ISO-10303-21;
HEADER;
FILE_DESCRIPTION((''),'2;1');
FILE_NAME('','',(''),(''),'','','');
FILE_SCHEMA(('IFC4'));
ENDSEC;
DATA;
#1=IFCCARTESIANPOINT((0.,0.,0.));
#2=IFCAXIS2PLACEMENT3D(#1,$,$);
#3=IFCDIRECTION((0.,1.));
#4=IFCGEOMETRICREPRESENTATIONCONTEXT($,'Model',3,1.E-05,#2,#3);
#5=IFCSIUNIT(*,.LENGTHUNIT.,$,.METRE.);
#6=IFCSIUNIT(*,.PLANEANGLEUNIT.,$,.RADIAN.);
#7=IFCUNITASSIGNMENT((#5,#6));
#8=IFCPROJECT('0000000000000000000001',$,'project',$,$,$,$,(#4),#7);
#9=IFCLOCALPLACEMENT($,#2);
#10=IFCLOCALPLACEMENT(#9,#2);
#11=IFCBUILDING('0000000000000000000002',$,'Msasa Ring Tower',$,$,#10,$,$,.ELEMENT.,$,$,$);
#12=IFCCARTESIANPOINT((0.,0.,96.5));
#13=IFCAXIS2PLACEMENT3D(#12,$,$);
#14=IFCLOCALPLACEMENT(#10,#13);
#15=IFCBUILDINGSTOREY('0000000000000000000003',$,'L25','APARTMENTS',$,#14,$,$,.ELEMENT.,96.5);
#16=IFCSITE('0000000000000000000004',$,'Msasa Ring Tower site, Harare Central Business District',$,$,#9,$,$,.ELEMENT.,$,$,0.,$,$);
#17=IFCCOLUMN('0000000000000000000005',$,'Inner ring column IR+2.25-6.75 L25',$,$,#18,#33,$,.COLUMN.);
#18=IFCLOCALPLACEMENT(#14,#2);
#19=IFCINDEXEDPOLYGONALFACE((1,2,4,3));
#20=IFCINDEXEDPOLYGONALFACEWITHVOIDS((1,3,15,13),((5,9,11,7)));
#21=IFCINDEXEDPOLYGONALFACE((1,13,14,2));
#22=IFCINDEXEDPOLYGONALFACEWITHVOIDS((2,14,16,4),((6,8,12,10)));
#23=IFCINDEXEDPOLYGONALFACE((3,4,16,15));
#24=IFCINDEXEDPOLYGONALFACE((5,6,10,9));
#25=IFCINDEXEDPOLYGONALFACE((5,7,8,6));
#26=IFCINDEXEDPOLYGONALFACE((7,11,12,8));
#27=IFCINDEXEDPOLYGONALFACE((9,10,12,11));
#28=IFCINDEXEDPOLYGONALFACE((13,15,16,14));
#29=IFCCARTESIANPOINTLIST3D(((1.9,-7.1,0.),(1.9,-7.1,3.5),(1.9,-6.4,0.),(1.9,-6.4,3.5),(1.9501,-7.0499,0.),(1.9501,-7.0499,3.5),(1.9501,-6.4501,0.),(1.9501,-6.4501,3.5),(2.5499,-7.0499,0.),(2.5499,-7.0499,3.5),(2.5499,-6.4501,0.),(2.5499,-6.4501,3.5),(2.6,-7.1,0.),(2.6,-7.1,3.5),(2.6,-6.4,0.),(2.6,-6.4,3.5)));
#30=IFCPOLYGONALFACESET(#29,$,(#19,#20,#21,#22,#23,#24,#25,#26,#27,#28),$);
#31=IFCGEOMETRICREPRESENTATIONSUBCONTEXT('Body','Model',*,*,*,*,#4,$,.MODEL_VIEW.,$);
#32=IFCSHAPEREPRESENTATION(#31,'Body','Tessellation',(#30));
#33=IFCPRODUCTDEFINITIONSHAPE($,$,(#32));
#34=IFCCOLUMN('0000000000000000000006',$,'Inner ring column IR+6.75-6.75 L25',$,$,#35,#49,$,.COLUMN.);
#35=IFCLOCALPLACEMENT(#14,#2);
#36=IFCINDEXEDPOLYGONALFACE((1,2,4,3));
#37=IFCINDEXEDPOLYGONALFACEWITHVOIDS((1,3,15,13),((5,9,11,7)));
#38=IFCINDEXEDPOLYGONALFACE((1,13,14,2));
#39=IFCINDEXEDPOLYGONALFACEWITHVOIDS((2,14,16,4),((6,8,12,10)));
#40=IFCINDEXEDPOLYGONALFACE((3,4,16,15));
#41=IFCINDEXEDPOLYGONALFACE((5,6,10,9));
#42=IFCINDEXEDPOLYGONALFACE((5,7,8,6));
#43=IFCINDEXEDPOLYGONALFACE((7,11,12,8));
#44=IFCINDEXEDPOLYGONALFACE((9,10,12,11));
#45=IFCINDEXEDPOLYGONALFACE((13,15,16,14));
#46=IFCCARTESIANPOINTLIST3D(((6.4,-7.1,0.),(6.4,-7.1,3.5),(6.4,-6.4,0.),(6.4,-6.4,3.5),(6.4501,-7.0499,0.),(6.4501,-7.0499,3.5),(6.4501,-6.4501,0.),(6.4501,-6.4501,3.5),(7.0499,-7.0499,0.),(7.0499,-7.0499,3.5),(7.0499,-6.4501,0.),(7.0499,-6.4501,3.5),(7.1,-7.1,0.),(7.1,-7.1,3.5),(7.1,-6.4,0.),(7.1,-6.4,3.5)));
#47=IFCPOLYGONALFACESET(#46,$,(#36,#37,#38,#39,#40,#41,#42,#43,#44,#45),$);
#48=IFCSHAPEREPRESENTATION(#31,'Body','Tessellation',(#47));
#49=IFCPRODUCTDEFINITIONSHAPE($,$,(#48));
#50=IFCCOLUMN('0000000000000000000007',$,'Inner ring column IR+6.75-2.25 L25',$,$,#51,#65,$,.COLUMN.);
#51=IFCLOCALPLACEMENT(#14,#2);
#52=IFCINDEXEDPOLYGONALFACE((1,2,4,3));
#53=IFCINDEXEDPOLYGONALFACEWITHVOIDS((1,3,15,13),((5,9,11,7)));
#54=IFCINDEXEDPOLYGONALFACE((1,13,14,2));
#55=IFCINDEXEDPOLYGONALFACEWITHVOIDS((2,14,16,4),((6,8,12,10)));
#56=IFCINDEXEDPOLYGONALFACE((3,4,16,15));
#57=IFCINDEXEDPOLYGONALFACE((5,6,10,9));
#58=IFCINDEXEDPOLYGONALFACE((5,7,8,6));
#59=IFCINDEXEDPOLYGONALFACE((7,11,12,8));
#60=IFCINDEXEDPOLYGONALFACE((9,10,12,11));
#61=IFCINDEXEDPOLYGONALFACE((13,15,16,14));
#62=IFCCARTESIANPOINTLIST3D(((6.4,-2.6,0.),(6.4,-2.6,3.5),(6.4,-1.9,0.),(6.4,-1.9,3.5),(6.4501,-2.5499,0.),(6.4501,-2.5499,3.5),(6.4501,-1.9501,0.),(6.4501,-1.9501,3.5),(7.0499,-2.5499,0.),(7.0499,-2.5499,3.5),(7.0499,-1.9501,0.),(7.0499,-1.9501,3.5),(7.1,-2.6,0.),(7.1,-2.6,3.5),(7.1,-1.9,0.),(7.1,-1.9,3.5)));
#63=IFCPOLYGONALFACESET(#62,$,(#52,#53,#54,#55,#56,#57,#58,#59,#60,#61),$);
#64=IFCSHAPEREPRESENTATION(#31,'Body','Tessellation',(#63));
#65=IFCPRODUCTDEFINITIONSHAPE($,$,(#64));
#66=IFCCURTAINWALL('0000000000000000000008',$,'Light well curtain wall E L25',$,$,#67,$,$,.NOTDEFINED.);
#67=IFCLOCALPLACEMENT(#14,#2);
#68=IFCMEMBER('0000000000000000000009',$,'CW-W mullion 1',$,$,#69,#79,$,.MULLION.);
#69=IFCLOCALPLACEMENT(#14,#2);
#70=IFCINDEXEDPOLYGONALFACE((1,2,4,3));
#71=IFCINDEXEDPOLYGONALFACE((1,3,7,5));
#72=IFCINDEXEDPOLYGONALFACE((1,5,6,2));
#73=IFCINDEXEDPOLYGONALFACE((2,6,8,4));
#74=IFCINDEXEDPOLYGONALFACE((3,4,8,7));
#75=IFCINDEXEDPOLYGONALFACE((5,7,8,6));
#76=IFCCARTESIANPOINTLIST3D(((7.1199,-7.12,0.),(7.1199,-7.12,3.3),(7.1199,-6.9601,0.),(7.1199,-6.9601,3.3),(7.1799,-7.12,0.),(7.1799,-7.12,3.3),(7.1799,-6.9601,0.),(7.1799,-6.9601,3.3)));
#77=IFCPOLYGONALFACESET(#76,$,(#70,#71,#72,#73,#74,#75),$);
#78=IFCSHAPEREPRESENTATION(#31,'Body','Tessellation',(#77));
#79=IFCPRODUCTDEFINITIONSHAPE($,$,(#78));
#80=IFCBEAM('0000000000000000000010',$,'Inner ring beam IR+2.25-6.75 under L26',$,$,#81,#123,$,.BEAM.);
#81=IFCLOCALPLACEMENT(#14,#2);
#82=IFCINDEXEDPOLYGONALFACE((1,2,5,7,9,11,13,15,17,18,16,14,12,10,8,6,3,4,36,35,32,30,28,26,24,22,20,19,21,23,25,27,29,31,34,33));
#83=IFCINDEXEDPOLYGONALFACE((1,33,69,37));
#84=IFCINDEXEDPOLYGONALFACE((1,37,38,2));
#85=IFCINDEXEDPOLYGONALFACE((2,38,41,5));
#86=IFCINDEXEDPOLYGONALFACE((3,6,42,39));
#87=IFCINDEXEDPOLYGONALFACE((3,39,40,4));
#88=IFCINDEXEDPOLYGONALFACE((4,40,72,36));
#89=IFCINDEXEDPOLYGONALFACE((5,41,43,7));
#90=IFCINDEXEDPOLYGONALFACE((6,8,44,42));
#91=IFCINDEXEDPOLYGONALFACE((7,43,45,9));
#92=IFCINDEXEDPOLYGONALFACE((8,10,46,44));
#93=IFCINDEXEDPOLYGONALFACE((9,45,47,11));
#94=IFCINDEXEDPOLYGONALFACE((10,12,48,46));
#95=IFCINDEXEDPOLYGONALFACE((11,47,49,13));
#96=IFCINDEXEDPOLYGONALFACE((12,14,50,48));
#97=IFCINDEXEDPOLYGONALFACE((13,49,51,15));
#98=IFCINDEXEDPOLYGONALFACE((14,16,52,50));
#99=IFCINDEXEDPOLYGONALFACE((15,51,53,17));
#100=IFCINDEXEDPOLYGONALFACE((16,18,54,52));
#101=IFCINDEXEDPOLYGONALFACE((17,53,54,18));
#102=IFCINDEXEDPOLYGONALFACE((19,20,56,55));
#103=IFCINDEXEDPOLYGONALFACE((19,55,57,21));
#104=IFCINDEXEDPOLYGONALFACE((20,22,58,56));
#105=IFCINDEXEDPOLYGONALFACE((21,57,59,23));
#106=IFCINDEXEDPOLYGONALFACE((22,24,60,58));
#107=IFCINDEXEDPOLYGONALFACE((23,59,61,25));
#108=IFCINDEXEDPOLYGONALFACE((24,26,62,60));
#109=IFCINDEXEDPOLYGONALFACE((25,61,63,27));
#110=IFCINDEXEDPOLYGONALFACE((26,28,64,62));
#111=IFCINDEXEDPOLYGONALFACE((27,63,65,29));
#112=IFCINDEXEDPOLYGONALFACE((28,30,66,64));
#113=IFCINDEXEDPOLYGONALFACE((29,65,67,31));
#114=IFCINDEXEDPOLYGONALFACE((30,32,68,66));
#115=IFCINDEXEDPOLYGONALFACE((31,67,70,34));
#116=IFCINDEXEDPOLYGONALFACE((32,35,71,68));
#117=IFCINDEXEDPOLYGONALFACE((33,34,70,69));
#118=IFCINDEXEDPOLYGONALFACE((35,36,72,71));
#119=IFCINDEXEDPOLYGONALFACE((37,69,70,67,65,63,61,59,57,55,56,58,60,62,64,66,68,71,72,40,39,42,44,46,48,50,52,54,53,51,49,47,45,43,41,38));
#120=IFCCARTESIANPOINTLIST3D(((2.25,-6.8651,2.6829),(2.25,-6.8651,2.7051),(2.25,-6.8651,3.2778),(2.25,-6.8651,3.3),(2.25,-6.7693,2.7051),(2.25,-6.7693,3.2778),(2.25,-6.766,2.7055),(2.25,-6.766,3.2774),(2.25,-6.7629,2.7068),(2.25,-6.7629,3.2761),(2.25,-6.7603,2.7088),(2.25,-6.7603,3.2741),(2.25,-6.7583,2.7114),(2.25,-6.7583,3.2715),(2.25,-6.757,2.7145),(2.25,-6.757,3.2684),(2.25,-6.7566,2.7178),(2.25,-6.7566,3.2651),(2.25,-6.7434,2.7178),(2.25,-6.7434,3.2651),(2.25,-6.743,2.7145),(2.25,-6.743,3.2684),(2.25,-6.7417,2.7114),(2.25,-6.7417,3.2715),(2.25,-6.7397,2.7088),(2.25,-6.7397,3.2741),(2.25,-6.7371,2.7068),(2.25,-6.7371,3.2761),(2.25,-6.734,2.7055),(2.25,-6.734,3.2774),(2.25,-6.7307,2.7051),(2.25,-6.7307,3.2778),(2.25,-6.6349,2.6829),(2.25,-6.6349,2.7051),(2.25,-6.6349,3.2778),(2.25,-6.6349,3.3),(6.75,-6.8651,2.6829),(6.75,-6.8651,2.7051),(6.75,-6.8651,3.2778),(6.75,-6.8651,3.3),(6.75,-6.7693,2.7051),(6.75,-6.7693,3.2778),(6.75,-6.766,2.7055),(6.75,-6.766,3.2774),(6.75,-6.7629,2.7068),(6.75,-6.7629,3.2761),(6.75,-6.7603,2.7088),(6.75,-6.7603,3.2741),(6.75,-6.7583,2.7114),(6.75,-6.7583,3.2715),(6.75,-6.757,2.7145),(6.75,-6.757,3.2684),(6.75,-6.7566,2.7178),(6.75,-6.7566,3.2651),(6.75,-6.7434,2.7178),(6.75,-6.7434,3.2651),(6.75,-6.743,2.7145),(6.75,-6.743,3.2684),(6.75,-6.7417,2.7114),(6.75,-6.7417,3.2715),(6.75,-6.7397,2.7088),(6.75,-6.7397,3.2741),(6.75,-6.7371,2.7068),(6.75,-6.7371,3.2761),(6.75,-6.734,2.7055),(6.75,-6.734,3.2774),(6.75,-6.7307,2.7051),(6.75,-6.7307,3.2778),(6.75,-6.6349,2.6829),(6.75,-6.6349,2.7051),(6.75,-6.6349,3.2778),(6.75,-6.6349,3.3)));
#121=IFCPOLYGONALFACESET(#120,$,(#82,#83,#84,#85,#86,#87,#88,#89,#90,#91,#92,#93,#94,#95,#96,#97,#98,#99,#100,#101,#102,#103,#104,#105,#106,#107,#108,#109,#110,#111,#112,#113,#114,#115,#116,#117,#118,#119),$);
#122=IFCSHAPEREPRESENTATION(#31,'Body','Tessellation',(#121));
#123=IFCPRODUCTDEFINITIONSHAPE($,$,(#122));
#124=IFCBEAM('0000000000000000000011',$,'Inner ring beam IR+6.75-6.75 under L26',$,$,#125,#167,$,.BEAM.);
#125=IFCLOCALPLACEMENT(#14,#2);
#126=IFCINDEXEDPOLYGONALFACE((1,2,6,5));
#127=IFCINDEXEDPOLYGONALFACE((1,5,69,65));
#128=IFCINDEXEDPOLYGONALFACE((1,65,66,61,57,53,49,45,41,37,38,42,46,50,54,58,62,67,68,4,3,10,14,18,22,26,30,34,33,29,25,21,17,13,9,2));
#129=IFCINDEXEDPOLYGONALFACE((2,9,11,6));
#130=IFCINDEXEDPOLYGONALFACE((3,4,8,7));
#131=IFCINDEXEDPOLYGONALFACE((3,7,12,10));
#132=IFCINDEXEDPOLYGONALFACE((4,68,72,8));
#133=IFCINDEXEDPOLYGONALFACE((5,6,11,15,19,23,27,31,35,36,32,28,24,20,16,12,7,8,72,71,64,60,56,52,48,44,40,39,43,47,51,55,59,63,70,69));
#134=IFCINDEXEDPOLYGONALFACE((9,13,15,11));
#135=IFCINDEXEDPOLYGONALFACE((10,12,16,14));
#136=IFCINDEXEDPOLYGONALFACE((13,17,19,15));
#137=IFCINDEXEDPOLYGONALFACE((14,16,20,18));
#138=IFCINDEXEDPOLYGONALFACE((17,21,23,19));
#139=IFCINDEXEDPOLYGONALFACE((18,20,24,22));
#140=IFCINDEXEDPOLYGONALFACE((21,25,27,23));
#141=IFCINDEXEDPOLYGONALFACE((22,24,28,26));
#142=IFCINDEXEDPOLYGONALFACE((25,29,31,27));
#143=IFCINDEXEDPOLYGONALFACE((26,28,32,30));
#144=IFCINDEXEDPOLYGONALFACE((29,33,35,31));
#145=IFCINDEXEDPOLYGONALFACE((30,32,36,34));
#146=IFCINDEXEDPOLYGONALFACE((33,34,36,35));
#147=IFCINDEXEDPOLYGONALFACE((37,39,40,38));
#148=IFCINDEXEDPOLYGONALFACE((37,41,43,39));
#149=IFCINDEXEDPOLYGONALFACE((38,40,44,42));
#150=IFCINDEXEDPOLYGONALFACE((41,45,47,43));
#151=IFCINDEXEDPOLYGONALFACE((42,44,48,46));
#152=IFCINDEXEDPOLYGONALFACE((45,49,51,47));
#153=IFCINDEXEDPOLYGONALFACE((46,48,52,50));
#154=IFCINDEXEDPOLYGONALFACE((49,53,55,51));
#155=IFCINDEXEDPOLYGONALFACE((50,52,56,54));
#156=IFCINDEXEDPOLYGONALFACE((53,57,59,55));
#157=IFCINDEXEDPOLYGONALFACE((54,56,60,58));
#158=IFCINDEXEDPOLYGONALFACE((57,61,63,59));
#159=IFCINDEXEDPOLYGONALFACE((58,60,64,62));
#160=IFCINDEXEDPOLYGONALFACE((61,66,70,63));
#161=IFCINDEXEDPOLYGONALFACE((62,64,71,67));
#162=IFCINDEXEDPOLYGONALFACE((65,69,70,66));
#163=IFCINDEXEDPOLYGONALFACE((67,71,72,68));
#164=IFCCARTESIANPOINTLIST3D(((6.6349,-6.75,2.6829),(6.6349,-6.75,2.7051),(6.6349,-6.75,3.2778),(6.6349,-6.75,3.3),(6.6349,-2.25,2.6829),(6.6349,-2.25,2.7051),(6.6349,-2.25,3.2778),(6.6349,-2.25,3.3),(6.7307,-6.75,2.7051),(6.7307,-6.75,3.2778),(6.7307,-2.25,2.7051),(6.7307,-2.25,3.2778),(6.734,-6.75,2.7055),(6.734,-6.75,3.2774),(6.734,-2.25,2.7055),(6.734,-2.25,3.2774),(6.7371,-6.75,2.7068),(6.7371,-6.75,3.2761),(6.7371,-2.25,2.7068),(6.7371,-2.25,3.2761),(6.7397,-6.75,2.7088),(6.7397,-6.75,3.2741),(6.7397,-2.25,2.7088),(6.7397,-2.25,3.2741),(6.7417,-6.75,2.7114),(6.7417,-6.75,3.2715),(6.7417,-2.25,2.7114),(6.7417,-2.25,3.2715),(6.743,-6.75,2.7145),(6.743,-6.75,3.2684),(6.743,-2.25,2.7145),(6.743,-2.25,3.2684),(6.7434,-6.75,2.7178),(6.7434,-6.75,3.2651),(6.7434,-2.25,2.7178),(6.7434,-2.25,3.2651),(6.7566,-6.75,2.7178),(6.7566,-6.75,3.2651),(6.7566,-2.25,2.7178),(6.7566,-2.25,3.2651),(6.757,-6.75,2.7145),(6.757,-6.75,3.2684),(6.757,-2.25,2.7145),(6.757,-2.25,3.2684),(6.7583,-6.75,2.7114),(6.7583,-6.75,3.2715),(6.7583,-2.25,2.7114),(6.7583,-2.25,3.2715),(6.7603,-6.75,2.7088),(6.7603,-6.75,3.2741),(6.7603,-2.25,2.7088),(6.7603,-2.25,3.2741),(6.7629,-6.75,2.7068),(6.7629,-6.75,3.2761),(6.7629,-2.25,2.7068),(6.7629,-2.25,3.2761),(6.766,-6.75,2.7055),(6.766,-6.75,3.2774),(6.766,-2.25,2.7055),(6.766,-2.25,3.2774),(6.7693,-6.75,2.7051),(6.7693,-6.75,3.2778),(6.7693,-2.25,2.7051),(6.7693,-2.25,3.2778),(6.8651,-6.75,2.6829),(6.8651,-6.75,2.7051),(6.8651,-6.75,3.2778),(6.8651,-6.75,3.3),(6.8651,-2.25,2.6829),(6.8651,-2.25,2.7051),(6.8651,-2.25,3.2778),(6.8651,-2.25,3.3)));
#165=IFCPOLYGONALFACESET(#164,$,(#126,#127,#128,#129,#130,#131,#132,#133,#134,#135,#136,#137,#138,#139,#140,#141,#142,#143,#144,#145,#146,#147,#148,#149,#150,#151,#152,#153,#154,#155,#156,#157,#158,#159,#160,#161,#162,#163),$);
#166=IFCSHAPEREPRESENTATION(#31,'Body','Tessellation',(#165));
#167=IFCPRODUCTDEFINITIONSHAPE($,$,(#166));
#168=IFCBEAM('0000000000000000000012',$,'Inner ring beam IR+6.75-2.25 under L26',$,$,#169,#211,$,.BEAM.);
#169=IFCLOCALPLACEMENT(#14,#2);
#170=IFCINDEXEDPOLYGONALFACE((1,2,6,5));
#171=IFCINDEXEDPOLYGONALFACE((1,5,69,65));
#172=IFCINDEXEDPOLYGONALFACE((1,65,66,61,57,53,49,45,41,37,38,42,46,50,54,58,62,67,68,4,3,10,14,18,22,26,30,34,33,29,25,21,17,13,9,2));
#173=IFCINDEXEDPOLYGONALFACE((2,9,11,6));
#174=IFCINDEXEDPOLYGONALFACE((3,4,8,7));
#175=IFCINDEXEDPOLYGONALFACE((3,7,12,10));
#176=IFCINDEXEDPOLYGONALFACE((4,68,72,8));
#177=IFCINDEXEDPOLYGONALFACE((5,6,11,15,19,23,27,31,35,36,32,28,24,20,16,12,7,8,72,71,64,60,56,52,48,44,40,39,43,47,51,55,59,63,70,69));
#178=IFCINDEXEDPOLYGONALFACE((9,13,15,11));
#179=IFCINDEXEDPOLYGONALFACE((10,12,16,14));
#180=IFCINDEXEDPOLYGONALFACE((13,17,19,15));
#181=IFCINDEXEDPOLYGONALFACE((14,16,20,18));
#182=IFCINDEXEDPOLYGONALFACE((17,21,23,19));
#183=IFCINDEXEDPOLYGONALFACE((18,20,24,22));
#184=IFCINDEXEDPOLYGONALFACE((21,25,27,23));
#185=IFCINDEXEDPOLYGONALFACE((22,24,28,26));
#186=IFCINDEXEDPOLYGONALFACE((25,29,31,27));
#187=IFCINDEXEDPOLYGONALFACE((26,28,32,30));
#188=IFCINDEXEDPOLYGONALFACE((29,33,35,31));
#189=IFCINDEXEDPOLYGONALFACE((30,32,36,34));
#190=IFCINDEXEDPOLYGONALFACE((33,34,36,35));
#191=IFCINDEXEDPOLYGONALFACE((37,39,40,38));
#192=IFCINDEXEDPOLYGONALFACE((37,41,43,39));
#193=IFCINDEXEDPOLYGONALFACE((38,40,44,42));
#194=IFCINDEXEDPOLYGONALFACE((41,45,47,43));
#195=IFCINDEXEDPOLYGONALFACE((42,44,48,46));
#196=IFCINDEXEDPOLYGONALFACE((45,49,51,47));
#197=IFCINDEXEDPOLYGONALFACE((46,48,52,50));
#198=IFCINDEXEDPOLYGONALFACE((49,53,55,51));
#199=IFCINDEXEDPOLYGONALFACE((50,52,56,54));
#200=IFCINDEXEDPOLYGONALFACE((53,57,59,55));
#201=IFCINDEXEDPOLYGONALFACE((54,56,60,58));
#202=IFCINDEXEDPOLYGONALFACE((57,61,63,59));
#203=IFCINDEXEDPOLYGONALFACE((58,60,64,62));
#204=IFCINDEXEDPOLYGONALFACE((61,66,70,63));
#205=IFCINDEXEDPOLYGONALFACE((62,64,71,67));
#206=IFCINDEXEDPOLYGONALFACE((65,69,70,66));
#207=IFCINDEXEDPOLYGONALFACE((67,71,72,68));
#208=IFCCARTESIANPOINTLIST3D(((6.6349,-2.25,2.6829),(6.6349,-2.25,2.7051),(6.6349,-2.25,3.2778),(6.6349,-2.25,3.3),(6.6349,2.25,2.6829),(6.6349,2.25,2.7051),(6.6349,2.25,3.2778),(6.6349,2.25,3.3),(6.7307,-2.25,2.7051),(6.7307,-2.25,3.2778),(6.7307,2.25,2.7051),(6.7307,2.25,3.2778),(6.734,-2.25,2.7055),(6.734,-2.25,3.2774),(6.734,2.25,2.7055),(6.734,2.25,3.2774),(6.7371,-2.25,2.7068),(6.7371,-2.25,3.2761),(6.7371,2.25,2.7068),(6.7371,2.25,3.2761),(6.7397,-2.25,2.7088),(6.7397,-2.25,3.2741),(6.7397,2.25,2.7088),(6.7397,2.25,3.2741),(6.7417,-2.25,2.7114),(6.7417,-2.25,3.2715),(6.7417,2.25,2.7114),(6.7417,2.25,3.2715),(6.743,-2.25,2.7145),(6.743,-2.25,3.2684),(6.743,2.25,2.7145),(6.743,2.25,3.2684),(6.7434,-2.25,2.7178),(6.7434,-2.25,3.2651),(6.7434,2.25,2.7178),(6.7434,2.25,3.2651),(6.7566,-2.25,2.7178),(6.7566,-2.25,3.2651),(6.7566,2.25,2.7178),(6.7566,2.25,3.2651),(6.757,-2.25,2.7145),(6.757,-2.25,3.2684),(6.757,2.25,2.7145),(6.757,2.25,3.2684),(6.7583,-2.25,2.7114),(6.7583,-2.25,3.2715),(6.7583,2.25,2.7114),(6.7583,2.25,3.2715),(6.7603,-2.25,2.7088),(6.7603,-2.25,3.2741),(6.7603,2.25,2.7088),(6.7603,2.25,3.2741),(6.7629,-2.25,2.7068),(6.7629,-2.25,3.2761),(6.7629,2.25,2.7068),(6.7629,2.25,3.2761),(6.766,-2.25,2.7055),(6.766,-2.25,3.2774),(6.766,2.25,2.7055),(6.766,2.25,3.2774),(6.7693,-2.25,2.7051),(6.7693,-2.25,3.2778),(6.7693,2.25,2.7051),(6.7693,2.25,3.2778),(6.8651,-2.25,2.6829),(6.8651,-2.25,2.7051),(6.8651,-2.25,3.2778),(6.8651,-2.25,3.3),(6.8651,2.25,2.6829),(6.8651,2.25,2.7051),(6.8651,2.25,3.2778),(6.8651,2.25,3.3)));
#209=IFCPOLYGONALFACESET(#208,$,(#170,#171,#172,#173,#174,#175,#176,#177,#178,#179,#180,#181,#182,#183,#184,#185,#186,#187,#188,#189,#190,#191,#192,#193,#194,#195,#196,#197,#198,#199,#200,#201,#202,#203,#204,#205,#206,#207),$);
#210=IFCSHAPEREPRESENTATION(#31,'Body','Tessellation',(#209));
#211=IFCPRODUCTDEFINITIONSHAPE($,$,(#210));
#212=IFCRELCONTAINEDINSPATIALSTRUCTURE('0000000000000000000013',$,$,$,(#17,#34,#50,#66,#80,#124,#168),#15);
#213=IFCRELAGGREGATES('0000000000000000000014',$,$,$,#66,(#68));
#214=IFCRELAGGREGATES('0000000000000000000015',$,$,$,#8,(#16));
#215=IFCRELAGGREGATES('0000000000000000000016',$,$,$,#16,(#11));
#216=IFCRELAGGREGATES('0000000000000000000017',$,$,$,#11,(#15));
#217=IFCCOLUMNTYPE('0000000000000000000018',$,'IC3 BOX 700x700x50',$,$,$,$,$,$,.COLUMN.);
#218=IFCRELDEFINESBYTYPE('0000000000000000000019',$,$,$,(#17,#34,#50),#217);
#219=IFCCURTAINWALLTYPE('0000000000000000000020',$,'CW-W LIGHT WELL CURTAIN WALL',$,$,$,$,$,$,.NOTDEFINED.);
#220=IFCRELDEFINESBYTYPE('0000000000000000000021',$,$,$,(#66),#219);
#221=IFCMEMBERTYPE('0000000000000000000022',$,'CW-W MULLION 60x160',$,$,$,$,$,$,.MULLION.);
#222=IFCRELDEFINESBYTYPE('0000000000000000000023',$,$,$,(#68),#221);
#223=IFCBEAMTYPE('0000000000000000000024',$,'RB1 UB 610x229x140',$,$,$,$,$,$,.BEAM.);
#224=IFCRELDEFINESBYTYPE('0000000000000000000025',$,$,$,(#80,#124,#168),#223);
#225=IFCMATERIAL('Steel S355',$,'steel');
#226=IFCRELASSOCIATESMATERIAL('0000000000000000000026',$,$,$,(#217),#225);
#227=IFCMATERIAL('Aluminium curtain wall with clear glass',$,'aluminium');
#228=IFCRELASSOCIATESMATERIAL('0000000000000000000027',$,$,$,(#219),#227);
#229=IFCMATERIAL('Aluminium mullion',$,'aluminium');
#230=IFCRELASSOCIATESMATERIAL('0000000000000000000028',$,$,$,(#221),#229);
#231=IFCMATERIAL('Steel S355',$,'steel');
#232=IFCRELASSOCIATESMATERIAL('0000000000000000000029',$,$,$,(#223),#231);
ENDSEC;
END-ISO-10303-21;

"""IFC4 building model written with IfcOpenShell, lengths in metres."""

from ifc_helpers import new_model, si_unit, direction, frame, origin, origin_2d, place, context, subcontext, project, spatial, rectangle, hollow_rectangle, i_section, extrude, material, material_profile, profile_set, type_object, element, aggregate, save


model = new_model("IFC4")

# Units and contexts
model_context = context("Model", 3, precision=1e-05, world=origin(), true_north=direction((0.0, 1.0)))
body_context = subcontext(model_context, "Body", "Model", "MODEL_VIEW")
ifc_project = project(units=[si_unit("LENGTHUNIT", "METRE"), si_unit("PLANEANGLEUNIT", "RADIAN")], contexts=[model_context])

# Site, building, storey
site_placement = place(None, origin())
site = spatial("IfcSite", under=ifc_project, at=site_placement, Name="Msasa Ring Tower site, Harare Central Business District", CompositionType="ELEMENT", RefElevation=0.0)
building_placement = place(site_placement, origin())
building = spatial("IfcBuilding", under=site, at=building_placement, Name="Msasa Ring Tower", CompositionType="ELEMENT")
storey_placement = place(building_placement, frame((0.0, 0.0, 96.5)))
storey = spatial("IfcBuildingStorey", under=building, at=storey_placement, Name="L25", Description="APARTMENTS", CompositionType="ELEMENT", Elevation=96.5)

# Columns
ifc_material_1 = material(Name="Steel S355", Category="steel")
ifc_material_profile_1 = material_profile(ifc_material_1, hollow_rectangle(XDim=0.7, YDim=0.7, WallThickness=0.05, at=origin_2d()), Name="BOX 700x700x50")
ifc_profile_set_1 = profile_set([ifc_material_profile_1], Name="Steel S355")
column_type = type_object("IfcColumnType", Name="IC3 BOX 700x700x50", PredefinedType="COLUMN", material=ifc_profile_set_1)
for number, where, z_axis, x_axis, name in (
    (1, (2.25, -6.75, 0.0), (0.0, 0.0, 1.0), (1.0, 0.0, 0.0), "Inner ring column IR+2.25-6.75 L25"),
    (2, (6.75, -6.75, 0.0), (0.0, 0.0, 1.0), (1.0, 0.0, 0.0), "Inner ring column IR+6.75-6.75 L25"),
    (3, (6.75, -2.25, 0.0), (0.0, 0.0, 1.0), (1.0, 0.0, 0.0), "Inner ring column IR+6.75-2.25 L25"),
):
    element("IfcColumn", number, at=place(storey_placement, frame(where, z_axis=z_axis, x_axis=x_axis)), inside=storey, type_object=column_type, Name=name, PredefinedType="COLUMN", context=body_context, shape_type="SweptSolid", body=[
        extrude(hollow_rectangle(XDim=0.7, YDim=0.7, WallThickness=0.05, at=origin_2d()), origin(), (0.0, 0.0, 1.0), 3.5),
    ])

# Curtain wall, member
ifc_material_2 = material(Name="Aluminium curtain wall with clear glass", Category="aluminium")
curtain_wall_type = type_object("IfcCurtainWallType", Name="CW-W LIGHT WELL CURTAIN WALL", PredefinedType="NOTDEFINED", material=ifc_material_2)
curtain_wall_1_placement = place(storey_placement, origin())
curtain_wall_1 = element("IfcCurtainWall", 4, at=curtain_wall_1_placement, inside=storey, type_object=curtain_wall_type, Name="Light well curtain wall E L25", PredefinedType="NOTDEFINED")
ifc_material_3 = material(Name="Aluminium mullion", Category="aluminium")
ifc_material_profile_2 = material_profile(ifc_material_3, rectangle(XDim=0.0601, YDim=0.1599, at=origin_2d()), Name="AL 60x160")
ifc_profile_set_2 = profile_set([ifc_material_profile_2], Name="Aluminium mullion")
member_type = type_object("IfcMemberType", Name="CW-W MULLION 60x160", PredefinedType="MULLION", material=ifc_profile_set_2)
member_placement = place(storey_placement, frame((7.1499, -7.04, 0.0), z_axis=(0.0, 0.0, 1.0), x_axis=(-1.0, 0.0, 0.0)))
member = element("IfcMember", 5, at=member_placement, type_object=member_type, Name="CW-W mullion 1", PredefinedType="MULLION", context=body_context, shape_type="SweptSolid", body=[
    extrude(rectangle(XDim=0.0601, YDim=0.1599, at=origin_2d()), origin(), (0.0, 0.0, 1.0), 3.3),
])
aggregate(curtain_wall_1, [member])

# Beams
ifc_material_4 = material(Name="Steel S355", Category="steel")
ifc_material_profile_3 = material_profile(ifc_material_4, i_section(OverallWidth=0.2302, OverallDepth=0.6172, WebThickness=0.0132, FlangeThickness=0.0222, FilletRadius=0.0127, at=origin_2d()), Name="UB 610x229x140")
ifc_profile_set_3 = profile_set([ifc_material_profile_3], Name="Steel S355")
beam_type = type_object("IfcBeamType", Name="RB1 UB 610x229x140", PredefinedType="BEAM", material=ifc_profile_set_3)
for number, where, z_axis, x_axis, name in (
    (6, (2.25, -6.75, 2.9915), (1.0, 0.0, 0.0), (0.0, 1.0, 0.0), "Inner ring beam IR+2.25-6.75 under L26"),
    (7, (6.75, -6.75, 2.9915), (0.0, 1.0, 0.0), (-1.0, 0.0, 0.0), "Inner ring beam IR+6.75-6.75 under L26"),
    (8, (6.75, -2.25, 2.9915), (0.0, 1.0, 0.0), (-1.0, 0.0, 0.0), "Inner ring beam IR+6.75-2.25 under L26"),
):
    element("IfcBeam", number, at=place(storey_placement, frame(where, z_axis=z_axis, x_axis=x_axis)), inside=storey, type_object=beam_type, Name=name, PredefinedType="BEAM", context=body_context, shape_type="SweptSolid", body=[
        extrude(i_section(OverallWidth=0.2302, OverallDepth=0.6172, WebThickness=0.0132, FlangeThickness=0.0222, FilletRadius=0.0127, at=origin_2d()), origin(), (0.0, 0.0, 1.0), 4.5),
    ])

save(model, "model.ifc")
